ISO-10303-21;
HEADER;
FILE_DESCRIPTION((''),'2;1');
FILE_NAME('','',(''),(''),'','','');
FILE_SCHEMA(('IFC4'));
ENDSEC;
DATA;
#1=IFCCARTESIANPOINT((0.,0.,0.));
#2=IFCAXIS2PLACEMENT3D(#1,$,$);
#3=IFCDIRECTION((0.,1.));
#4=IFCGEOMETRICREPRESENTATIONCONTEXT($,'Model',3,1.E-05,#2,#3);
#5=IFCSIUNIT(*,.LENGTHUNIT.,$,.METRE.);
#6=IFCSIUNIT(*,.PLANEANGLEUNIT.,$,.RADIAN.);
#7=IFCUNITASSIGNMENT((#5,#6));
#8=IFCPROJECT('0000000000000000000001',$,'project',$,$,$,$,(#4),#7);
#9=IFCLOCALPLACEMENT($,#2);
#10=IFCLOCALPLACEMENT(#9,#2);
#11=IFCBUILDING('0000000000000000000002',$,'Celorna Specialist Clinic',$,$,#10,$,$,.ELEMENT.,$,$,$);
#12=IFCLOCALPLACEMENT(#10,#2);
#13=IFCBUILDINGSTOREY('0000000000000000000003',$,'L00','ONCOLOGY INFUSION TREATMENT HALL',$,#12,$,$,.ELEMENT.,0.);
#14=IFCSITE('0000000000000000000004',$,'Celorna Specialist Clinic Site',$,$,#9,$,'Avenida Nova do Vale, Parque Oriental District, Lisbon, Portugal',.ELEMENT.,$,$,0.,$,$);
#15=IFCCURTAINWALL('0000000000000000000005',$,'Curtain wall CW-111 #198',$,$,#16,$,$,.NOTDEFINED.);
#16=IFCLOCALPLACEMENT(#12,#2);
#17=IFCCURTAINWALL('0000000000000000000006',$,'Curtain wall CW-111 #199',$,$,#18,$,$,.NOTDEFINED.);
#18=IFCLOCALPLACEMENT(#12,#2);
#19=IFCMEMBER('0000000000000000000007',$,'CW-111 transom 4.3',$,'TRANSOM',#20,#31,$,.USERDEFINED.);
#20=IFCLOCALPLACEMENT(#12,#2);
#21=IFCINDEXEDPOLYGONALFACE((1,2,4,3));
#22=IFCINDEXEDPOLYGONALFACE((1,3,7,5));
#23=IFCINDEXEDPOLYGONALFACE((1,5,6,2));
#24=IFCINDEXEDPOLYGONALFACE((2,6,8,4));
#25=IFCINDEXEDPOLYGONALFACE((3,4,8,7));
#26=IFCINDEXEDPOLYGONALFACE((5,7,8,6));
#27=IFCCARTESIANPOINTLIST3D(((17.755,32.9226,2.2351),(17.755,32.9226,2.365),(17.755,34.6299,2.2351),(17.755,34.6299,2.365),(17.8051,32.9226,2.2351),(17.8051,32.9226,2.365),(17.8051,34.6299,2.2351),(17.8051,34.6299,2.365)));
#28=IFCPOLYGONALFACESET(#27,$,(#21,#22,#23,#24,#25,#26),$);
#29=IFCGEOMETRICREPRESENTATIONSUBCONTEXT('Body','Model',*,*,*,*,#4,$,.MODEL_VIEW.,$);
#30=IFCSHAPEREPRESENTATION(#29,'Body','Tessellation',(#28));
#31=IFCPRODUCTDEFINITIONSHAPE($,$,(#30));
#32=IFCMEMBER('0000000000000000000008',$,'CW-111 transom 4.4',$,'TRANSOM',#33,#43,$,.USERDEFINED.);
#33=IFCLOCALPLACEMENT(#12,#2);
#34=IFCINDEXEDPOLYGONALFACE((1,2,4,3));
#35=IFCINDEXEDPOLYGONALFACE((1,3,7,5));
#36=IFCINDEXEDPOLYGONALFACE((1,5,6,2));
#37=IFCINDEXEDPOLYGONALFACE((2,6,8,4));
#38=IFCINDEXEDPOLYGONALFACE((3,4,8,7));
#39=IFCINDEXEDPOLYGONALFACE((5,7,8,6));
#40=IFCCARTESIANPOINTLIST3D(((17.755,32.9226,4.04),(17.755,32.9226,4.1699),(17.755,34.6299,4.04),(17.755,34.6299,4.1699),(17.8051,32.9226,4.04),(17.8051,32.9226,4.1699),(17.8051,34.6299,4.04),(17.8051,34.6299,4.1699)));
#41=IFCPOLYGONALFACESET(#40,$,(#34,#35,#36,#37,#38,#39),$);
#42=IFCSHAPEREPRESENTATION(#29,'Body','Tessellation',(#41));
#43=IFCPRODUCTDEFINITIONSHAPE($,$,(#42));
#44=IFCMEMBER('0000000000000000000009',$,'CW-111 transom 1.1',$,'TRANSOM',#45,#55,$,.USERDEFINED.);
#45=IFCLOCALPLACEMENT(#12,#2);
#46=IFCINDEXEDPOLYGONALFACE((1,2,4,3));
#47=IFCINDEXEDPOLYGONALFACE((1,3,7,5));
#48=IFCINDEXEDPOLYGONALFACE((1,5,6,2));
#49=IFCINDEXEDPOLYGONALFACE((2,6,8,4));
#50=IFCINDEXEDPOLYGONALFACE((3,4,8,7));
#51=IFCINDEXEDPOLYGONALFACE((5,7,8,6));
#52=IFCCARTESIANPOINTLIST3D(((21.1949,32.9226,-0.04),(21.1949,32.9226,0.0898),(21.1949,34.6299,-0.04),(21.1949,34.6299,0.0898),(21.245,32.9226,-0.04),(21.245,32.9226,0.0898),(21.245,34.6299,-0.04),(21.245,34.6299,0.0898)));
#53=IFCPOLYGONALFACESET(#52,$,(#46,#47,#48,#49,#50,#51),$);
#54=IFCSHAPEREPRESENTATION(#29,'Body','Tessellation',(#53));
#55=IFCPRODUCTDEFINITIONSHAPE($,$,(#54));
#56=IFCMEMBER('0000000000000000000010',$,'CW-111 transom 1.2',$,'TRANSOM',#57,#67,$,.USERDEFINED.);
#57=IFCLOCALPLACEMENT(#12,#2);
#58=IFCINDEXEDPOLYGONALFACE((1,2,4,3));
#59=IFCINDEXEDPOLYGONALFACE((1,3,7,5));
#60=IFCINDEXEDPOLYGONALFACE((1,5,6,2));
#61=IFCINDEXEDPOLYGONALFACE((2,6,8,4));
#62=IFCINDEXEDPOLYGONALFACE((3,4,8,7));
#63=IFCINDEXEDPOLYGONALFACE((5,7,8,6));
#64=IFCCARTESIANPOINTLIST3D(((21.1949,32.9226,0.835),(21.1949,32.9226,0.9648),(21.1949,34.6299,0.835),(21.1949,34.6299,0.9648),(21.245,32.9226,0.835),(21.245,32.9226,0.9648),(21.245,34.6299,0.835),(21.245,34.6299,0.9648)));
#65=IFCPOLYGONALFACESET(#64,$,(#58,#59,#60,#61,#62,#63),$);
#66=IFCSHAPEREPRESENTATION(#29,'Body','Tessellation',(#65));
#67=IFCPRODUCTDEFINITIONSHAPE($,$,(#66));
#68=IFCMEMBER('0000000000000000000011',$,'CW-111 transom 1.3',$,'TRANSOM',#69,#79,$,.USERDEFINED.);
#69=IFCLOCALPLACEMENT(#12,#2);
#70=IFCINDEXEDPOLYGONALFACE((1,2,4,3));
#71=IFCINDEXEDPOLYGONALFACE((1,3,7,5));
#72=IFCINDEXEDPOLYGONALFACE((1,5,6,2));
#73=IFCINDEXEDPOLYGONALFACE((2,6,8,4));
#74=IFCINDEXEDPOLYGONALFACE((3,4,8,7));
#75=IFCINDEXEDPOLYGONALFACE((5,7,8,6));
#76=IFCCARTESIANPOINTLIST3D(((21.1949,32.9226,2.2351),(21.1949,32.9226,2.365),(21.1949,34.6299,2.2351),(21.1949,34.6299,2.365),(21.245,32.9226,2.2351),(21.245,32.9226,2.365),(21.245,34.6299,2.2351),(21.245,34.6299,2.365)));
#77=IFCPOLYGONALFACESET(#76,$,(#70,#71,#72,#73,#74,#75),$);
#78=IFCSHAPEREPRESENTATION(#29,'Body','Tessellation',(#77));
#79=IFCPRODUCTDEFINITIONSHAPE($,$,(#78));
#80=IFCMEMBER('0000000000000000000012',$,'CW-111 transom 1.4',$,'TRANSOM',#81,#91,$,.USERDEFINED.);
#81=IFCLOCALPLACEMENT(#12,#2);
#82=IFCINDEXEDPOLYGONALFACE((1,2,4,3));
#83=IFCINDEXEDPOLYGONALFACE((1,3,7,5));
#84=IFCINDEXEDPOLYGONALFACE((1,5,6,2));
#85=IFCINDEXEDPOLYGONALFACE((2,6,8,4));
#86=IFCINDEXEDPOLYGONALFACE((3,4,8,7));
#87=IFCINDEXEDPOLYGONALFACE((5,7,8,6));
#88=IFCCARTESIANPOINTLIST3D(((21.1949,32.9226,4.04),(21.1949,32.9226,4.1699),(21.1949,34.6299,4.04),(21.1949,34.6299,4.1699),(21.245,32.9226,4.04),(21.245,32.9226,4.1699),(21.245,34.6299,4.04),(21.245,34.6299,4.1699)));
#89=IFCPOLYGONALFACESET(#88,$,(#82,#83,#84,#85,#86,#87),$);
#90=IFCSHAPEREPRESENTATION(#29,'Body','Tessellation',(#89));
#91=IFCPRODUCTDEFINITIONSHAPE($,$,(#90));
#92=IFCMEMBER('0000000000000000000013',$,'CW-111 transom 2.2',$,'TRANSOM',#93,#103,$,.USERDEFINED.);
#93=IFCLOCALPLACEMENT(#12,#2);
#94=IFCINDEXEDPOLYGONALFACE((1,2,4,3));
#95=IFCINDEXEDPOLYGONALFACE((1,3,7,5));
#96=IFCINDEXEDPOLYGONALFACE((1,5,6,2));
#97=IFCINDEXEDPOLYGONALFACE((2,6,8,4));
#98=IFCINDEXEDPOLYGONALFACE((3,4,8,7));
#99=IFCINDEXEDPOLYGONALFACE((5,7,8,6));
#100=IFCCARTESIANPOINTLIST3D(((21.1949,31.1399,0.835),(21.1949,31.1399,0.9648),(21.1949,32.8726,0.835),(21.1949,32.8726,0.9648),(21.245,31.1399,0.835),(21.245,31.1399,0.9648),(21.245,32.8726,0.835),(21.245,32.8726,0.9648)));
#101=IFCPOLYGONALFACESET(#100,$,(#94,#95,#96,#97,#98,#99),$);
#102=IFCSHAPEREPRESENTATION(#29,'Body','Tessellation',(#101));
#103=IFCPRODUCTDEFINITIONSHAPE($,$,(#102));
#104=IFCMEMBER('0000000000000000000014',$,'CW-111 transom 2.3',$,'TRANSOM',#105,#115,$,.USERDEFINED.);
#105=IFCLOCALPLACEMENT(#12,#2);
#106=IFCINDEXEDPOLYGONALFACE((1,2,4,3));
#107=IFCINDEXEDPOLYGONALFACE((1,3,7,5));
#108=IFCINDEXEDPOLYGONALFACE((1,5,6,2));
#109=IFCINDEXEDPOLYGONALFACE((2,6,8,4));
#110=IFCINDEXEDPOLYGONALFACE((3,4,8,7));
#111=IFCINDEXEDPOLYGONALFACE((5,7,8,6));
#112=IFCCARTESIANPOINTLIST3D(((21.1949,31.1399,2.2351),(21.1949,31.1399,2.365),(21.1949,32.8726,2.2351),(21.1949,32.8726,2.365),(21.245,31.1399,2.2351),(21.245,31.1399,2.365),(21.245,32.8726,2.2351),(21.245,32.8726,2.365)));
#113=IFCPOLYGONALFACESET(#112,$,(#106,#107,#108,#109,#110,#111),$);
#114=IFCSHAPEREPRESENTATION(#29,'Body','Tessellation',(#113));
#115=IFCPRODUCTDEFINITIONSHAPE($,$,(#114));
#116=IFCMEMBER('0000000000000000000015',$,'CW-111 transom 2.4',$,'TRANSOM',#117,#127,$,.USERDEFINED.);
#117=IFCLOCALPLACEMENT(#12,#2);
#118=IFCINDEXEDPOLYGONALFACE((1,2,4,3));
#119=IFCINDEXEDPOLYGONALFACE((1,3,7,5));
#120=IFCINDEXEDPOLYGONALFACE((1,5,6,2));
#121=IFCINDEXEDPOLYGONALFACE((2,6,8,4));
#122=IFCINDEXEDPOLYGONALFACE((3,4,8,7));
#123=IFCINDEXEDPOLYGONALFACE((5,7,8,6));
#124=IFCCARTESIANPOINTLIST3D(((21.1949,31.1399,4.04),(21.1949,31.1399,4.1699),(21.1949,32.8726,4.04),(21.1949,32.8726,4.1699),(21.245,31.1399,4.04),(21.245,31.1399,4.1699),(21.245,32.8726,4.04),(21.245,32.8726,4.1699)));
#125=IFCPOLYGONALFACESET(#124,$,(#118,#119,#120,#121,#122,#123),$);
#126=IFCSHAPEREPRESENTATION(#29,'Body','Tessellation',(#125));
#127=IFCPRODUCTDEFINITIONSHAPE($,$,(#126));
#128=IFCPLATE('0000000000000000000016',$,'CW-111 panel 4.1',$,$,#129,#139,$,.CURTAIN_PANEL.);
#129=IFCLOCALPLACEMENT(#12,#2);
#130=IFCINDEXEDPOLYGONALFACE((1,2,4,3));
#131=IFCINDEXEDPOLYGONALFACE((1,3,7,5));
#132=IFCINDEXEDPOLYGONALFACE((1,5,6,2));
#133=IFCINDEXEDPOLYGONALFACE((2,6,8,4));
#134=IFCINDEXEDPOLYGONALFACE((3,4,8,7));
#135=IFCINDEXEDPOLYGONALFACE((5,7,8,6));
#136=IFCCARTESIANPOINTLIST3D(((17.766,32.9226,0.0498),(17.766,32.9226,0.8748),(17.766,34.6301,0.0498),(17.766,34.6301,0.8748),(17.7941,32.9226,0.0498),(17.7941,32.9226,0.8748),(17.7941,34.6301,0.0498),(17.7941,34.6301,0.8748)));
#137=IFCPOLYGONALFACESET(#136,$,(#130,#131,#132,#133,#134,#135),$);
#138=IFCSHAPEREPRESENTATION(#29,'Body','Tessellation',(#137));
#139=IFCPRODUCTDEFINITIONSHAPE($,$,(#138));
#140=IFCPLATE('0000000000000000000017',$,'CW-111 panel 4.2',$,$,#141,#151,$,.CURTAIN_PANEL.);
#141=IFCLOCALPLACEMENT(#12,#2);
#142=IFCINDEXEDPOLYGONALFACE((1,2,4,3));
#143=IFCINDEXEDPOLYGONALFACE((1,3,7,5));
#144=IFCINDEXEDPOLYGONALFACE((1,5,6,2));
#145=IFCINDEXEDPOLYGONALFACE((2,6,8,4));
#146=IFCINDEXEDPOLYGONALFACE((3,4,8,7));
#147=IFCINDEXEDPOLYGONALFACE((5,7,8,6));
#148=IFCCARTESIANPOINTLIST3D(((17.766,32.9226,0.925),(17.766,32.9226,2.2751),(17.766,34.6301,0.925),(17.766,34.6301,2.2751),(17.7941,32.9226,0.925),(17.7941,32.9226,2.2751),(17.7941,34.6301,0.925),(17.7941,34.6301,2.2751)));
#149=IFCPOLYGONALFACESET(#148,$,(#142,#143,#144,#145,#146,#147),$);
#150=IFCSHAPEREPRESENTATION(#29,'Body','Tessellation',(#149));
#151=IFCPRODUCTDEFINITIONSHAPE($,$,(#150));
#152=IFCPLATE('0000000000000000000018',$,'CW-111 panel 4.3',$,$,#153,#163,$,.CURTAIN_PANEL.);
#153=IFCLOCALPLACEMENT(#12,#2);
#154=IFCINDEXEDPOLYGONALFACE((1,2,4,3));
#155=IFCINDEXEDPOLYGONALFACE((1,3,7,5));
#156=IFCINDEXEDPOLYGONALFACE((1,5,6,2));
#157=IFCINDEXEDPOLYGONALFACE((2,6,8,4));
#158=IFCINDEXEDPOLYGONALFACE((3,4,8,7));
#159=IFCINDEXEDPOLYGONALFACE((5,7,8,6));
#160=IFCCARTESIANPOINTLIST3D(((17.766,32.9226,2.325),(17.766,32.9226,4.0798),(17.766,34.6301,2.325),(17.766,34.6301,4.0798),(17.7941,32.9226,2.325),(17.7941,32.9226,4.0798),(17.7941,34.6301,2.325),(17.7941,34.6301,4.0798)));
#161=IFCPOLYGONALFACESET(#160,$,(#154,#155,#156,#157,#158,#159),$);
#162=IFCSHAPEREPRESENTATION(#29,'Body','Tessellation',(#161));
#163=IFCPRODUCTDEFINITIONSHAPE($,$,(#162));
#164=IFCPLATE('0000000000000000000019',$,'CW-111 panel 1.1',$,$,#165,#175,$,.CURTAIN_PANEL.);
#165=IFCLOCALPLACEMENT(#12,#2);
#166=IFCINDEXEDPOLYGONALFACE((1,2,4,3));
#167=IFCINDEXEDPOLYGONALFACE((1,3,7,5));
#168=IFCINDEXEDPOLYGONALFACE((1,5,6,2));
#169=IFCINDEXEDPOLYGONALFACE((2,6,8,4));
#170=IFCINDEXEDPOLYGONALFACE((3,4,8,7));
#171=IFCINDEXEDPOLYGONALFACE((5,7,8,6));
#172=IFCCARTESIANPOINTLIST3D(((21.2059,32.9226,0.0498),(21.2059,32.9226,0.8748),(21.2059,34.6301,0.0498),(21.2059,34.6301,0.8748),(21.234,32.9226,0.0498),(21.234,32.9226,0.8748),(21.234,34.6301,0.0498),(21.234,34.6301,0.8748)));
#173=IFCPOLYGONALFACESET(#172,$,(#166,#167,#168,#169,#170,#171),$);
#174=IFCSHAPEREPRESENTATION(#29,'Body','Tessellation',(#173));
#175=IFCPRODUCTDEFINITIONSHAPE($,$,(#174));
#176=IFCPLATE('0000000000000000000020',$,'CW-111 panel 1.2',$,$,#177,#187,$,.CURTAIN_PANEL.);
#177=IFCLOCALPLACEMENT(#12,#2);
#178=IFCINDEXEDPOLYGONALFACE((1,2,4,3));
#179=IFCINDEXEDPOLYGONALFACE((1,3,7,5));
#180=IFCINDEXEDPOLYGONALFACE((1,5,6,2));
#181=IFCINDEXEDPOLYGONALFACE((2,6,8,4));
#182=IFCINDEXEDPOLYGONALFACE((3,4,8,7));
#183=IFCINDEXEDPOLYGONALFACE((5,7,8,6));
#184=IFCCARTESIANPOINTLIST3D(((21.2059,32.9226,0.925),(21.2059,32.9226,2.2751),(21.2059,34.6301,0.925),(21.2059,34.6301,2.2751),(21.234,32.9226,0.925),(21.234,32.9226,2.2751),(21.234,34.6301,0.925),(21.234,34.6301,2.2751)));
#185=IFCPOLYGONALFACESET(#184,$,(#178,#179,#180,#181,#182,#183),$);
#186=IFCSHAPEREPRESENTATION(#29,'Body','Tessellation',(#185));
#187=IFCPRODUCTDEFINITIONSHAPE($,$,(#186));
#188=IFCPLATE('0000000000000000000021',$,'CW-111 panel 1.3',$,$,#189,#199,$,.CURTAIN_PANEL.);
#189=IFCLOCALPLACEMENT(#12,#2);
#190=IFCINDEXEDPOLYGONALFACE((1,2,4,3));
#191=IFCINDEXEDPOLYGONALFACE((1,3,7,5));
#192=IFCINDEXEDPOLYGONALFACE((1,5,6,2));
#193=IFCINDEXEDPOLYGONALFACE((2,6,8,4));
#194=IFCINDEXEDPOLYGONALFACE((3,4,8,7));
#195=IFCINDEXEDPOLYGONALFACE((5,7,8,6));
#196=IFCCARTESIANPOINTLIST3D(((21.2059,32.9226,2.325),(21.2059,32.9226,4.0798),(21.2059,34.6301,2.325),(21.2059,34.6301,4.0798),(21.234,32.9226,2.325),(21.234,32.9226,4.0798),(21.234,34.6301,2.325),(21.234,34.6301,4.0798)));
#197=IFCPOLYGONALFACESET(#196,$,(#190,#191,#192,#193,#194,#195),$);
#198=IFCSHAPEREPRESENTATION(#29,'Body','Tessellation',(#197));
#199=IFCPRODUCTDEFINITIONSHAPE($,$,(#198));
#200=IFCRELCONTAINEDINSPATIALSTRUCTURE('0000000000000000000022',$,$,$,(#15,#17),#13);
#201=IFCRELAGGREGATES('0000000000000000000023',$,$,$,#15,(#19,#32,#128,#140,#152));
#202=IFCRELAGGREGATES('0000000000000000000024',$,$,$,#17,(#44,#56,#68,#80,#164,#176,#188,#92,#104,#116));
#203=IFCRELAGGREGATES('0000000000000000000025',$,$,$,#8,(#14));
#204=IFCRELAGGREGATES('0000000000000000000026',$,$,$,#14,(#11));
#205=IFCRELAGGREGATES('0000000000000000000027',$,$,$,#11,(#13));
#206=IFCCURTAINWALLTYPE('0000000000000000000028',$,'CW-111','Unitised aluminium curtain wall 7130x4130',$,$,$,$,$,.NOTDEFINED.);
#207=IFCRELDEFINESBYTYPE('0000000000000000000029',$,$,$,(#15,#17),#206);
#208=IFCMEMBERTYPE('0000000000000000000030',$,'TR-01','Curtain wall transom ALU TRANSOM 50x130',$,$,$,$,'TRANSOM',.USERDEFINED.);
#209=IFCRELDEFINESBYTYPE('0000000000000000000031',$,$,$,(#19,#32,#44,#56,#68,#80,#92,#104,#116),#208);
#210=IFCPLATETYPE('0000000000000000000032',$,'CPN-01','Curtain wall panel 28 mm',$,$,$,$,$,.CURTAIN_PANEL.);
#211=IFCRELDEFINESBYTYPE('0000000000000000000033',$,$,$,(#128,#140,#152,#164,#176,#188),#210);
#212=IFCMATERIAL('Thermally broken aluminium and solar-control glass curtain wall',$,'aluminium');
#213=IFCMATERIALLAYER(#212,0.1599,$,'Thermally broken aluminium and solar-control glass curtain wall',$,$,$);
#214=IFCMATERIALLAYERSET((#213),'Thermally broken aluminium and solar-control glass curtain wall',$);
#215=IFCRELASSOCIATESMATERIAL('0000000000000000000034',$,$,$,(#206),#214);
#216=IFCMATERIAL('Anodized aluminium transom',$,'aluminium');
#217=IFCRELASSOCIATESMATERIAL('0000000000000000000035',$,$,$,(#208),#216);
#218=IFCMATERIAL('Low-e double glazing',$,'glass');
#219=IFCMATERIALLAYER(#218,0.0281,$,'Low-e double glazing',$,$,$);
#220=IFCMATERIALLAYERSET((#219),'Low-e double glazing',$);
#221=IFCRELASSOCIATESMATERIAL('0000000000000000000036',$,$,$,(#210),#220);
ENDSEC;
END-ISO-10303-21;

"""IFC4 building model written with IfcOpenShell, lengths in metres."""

from ifc_helpers import new_model, si_unit, direction, frame, origin, origin_2d, place, context, subcontext, project, spatial, rectangle, extrude, material, layer, layer_set, material_profile, profile_set, type_object, element, aggregate, save


model = new_model("IFC4")

# Units and contexts
model_context = context("Model", 3, precision=1e-05, world=origin(), true_north=direction((0.0, 1.0)))
body_context = subcontext(model_context, "Body", "Model", "MODEL_VIEW")
ifc_project = project(units=[si_unit("LENGTHUNIT", "METRE"), si_unit("PLANEANGLEUNIT", "RADIAN")], contexts=[model_context])

# Site, building, storey
site_placement = place(None, origin())
site = spatial("IfcSite", under=ifc_project, at=site_placement, Name="Celorna Specialist Clinic Site", LongName="Avenida Nova do Vale, Parque Oriental District, Lisbon, Portugal", CompositionType="ELEMENT", RefElevation=0.0)
building_placement = place(site_placement, origin())
building = spatial("IfcBuilding", under=site, at=building_placement, Name="Celorna Specialist Clinic", CompositionType="ELEMENT")
storey_placement = place(building_placement, origin())
storey = spatial("IfcBuildingStorey", under=building, at=storey_placement, Name="L00", Description="ONCOLOGY INFUSION TREATMENT HALL", CompositionType="ELEMENT", Elevation=0.0)

# Curtain wall
ifc_material_1 = material(Name="Thermally broken aluminium and solar-control glass curtain wall", Category="aluminium")
ifc_layer_1 = layer(ifc_material_1, 0.1599, Name="Thermally broken aluminium and solar-control glass curtain wall")
ifc_layer_set_1 = layer_set([ifc_layer_1], Name="Thermally broken aluminium and solar-control glass curtain wall")
curtain_wall_type = type_object("IfcCurtainWallType", Name="CW-111", Description="Unitised aluminium curtain wall 7130x4130", PredefinedType="NOTDEFINED", material=ifc_layer_set_1)
curtain_wall_1_placement = place(storey_placement, origin())
curtain_wall_1 = element("IfcCurtainWall", 1, at=curtain_wall_1_placement, inside=storey, type_object=curtain_wall_type, Name="Curtain wall CW-111 #198", PredefinedType="NOTDEFINED")

# Curtain wall
curtain_wall_2_placement = place(storey_placement, origin())
curtain_wall_2 = element("IfcCurtainWall", 2, at=curtain_wall_2_placement, inside=storey, type_object=curtain_wall_type, Name="Curtain wall CW-111 #199", PredefinedType="NOTDEFINED")

# Members
ifc_material_2 = material(Name="Anodized aluminium transom", Category="aluminium")
ifc_material_profile_1 = material_profile(ifc_material_2, rectangle(XDim=0.05, YDim=0.1299, at=origin_2d()), Name="ALU TRANSOM 50x130")
ifc_profile_set_1 = profile_set([ifc_material_profile_1], Name="Anodized aluminium transom")
member_type_1 = type_object("IfcMemberType", Name="TR-01", Description="Curtain wall transom ALU TRANSOM 50x130", ElementType="TRANSOM", PredefinedType="USERDEFINED", material=ifc_profile_set_1)
member_1_placement = place(storey_placement, frame((17.78, 32.9226, 2.3), z_axis=(0.0, 1.0, 0.0), x_axis=(-1.0, 0.0, 0.0)))
member_1 = element("IfcMember", 3, at=member_1_placement, type_object=member_type_1, Name="CW-111 transom 4.3", ObjectType="TRANSOM", PredefinedType="USERDEFINED", context=body_context, shape_type="SweptSolid", body=[
    extrude(rectangle(XDim=0.05, YDim=0.1299, at=origin_2d()), origin(), (0.0, 0.0, 1.0), 1.7073),
])
member_2_placement = place(storey_placement, frame((17.78, 32.9226, 4.105), z_axis=(0.0, 1.0, 0.0), x_axis=(-1.0, 0.0, 0.0)))
member_2 = element("IfcMember", 4, at=member_2_placement, type_object=member_type_1, Name="CW-111 transom 4.4", ObjectType="TRANSOM", PredefinedType="USERDEFINED", context=body_context, shape_type="SweptSolid", body=[
    extrude(rectangle(XDim=0.05, YDim=0.1299, at=origin_2d()), origin(), (0.0, 0.0, 1.0), 1.7073),
])
member_3_placement = place(storey_placement, frame((21.22, 34.6299, 0.0249), z_axis=(0.0, -1.0, 0.0), x_axis=(1.0, 0.0, 0.0)))
member_3 = element("IfcMember", 5, at=member_3_placement, type_object=member_type_1, Name="CW-111 transom 1.1", ObjectType="TRANSOM", PredefinedType="USERDEFINED", context=body_context, shape_type="SweptSolid", body=[
    extrude(rectangle(XDim=0.05, YDim=0.1299, at=origin_2d()), origin(), (0.0, 0.0, 1.0), 1.7073),
])
member_4_placement = place(storey_placement, frame((21.22, 34.6299, 0.8999), z_axis=(0.0, -1.0, 0.0), x_axis=(1.0, 0.0, 0.0)))
member_4 = element("IfcMember", 6, at=member_4_placement, type_object=member_type_1, Name="CW-111 transom 1.2", ObjectType="TRANSOM", PredefinedType="USERDEFINED", context=body_context, shape_type="SweptSolid", body=[
    extrude(rectangle(XDim=0.05, YDim=0.1299, at=origin_2d()), origin(), (0.0, 0.0, 1.0), 1.7073),
])
member_5_placement = place(storey_placement, frame((21.22, 34.6299, 2.3), z_axis=(0.0, -1.0, 0.0), x_axis=(1.0, 0.0, 0.0)))
member_5 = element("IfcMember", 7, at=member_5_placement, type_object=member_type_1, Name="CW-111 transom 1.3", ObjectType="TRANSOM", PredefinedType="USERDEFINED", context=body_context, shape_type="SweptSolid", body=[
    extrude(rectangle(XDim=0.05, YDim=0.1299, at=origin_2d()), origin(), (0.0, 0.0, 1.0), 1.7073),
])
member_6_placement = place(storey_placement, frame((21.22, 34.6299, 4.105), z_axis=(0.0, -1.0, 0.0), x_axis=(1.0, 0.0, 0.0)))
member_6 = element("IfcMember", 8, at=member_6_placement, type_object=member_type_1, Name="CW-111 transom 1.4", ObjectType="TRANSOM", PredefinedType="USERDEFINED", context=body_context, shape_type="SweptSolid", body=[
    extrude(rectangle(XDim=0.05, YDim=0.1299, at=origin_2d()), origin(), (0.0, 0.0, 1.0), 1.7073),
])
member_7_placement = place(storey_placement, frame((21.22, 32.8726, 0.8999), z_axis=(0.0, -1.0, 0.0), x_axis=(1.0, 0.0, 0.0)))
member_7 = element("IfcMember", 9, at=member_7_placement, type_object=member_type_1, Name="CW-111 transom 2.2", ObjectType="TRANSOM", PredefinedType="USERDEFINED", context=body_context, shape_type="SweptSolid", body=[
    extrude(rectangle(XDim=0.05, YDim=0.1299, at=origin_2d()), origin(), (0.0, 0.0, 1.0), 1.7327),
])
member_8_placement = place(storey_placement, frame((21.22, 32.8726, 2.3), z_axis=(0.0, -1.0, 0.0), x_axis=(1.0, 0.0, 0.0)))
member_8 = element("IfcMember", 10, at=member_8_placement, type_object=member_type_1, Name="CW-111 transom 2.3", ObjectType="TRANSOM", PredefinedType="USERDEFINED", context=body_context, shape_type="SweptSolid", body=[
    extrude(rectangle(XDim=0.05, YDim=0.1299, at=origin_2d()), origin(), (0.0, 0.0, 1.0), 1.7327),
])
member_9_placement = place(storey_placement, frame((21.22, 32.8726, 4.105), z_axis=(0.0, -1.0, 0.0), x_axis=(1.0, 0.0, 0.0)))
member_9 = element("IfcMember", 11, at=member_9_placement, type_object=member_type_1, Name="CW-111 transom 2.4", ObjectType="TRANSOM", PredefinedType="USERDEFINED", context=body_context, shape_type="SweptSolid", body=[
    extrude(rectangle(XDim=0.05, YDim=0.1299, at=origin_2d()), origin(), (0.0, 0.0, 1.0), 1.7327),
])

# Plates
ifc_material_3 = material(Name="Low-e double glazing", Category="glass")
ifc_layer_2 = layer(ifc_material_3, 0.0281, Name="Low-e double glazing")
ifc_layer_set_2 = layer_set([ifc_layer_2], Name="Low-e double glazing")
plate_type_1 = type_object("IfcPlateType", Name="CPN-01", Description="Curtain wall panel 28 mm", PredefinedType="CURTAIN_PANEL", material=ifc_layer_set_2)
plate_1_placement = place(storey_placement, frame((17.78, 33.7764, 0.0498), z_axis=(0.0, 0.0, 1.0), x_axis=(0.0, 1.0, 0.0)))
plate_1 = element("IfcPlate", 12, at=plate_1_placement, type_object=plate_type_1, Name="CW-111 panel 4.1", PredefinedType="CURTAIN_PANEL", context=body_context, shape_type="SweptSolid", body=[
    extrude(rectangle(XDim=1.7075, YDim=0.0281, at=origin_2d()), origin(), (0.0, 0.0, 1.0), 0.825),
])
plate_2_placement = place(storey_placement, frame((17.78, 33.7764, 0.925), z_axis=(0.0, 0.0, 1.0), x_axis=(0.0, 1.0, 0.0)))
plate_2 = element("IfcPlate", 13, at=plate_2_placement, type_object=plate_type_1, Name="CW-111 panel 4.2", PredefinedType="CURTAIN_PANEL", context=body_context, shape_type="SweptSolid", body=[
    extrude(rectangle(XDim=1.7075, YDim=0.0281, at=origin_2d()), origin(), (0.0, 0.0, 1.0), 1.3501),
])
plate_3_placement = place(storey_placement, frame((17.78, 33.7764, 2.325), z_axis=(0.0, 0.0, 1.0), x_axis=(0.0, 1.0, 0.0)))
plate_3 = element("IfcPlate", 14, at=plate_3_placement, type_object=plate_type_1, Name="CW-111 panel 4.3", PredefinedType="CURTAIN_PANEL", context=body_context, shape_type="SweptSolid", body=[
    extrude(rectangle(XDim=1.7075, YDim=0.0281, at=origin_2d()), origin(), (0.0, 0.0, 1.0), 1.7549),
])
aggregate(curtain_wall_1, [member_1, member_2, plate_1, plate_2, plate_3])
plate_4_placement = place(storey_placement, frame((21.22, 33.7764, 0.0498), z_axis=(0.0, 0.0, 1.0), x_axis=(0.0, -1.0, 0.0)))
plate_4 = element("IfcPlate", 15, at=plate_4_placement, type_object=plate_type_1, Name="CW-111 panel 1.1", PredefinedType="CURTAIN_PANEL", context=body_context, shape_type="SweptSolid", body=[
    extrude(rectangle(XDim=1.7075, YDim=0.0281, at=origin_2d()), origin(), (0.0, 0.0, 1.0), 0.825),
])
plate_5_placement = place(storey_placement, frame((21.22, 33.7764, 0.925), z_axis=(0.0, 0.0, 1.0), x_axis=(0.0, -1.0, 0.0)))
plate_5 = element("IfcPlate", 16, at=plate_5_placement, type_object=plate_type_1, Name="CW-111 panel 1.2", PredefinedType="CURTAIN_PANEL", context=body_context, shape_type="SweptSolid", body=[
    extrude(rectangle(XDim=1.7075, YDim=0.0281, at=origin_2d()), origin(), (0.0, 0.0, 1.0), 1.3501),
])
plate_6_placement = place(storey_placement, frame((21.22, 33.7764, 2.325), z_axis=(0.0, 0.0, 1.0), x_axis=(0.0, -1.0, 0.0)))
plate_6 = element("IfcPlate", 17, at=plate_6_placement, type_object=plate_type_1, Name="CW-111 panel 1.3", PredefinedType="CURTAIN_PANEL", context=body_context, shape_type="SweptSolid", body=[
    extrude(rectangle(XDim=1.7075, YDim=0.0281, at=origin_2d()), origin(), (0.0, 0.0, 1.0), 1.7549),
])
aggregate(curtain_wall_2, [member_3, member_4, member_5, member_6, plate_4, plate_5, plate_6, member_7, member_8, member_9])

save(model, "model.ifc")
